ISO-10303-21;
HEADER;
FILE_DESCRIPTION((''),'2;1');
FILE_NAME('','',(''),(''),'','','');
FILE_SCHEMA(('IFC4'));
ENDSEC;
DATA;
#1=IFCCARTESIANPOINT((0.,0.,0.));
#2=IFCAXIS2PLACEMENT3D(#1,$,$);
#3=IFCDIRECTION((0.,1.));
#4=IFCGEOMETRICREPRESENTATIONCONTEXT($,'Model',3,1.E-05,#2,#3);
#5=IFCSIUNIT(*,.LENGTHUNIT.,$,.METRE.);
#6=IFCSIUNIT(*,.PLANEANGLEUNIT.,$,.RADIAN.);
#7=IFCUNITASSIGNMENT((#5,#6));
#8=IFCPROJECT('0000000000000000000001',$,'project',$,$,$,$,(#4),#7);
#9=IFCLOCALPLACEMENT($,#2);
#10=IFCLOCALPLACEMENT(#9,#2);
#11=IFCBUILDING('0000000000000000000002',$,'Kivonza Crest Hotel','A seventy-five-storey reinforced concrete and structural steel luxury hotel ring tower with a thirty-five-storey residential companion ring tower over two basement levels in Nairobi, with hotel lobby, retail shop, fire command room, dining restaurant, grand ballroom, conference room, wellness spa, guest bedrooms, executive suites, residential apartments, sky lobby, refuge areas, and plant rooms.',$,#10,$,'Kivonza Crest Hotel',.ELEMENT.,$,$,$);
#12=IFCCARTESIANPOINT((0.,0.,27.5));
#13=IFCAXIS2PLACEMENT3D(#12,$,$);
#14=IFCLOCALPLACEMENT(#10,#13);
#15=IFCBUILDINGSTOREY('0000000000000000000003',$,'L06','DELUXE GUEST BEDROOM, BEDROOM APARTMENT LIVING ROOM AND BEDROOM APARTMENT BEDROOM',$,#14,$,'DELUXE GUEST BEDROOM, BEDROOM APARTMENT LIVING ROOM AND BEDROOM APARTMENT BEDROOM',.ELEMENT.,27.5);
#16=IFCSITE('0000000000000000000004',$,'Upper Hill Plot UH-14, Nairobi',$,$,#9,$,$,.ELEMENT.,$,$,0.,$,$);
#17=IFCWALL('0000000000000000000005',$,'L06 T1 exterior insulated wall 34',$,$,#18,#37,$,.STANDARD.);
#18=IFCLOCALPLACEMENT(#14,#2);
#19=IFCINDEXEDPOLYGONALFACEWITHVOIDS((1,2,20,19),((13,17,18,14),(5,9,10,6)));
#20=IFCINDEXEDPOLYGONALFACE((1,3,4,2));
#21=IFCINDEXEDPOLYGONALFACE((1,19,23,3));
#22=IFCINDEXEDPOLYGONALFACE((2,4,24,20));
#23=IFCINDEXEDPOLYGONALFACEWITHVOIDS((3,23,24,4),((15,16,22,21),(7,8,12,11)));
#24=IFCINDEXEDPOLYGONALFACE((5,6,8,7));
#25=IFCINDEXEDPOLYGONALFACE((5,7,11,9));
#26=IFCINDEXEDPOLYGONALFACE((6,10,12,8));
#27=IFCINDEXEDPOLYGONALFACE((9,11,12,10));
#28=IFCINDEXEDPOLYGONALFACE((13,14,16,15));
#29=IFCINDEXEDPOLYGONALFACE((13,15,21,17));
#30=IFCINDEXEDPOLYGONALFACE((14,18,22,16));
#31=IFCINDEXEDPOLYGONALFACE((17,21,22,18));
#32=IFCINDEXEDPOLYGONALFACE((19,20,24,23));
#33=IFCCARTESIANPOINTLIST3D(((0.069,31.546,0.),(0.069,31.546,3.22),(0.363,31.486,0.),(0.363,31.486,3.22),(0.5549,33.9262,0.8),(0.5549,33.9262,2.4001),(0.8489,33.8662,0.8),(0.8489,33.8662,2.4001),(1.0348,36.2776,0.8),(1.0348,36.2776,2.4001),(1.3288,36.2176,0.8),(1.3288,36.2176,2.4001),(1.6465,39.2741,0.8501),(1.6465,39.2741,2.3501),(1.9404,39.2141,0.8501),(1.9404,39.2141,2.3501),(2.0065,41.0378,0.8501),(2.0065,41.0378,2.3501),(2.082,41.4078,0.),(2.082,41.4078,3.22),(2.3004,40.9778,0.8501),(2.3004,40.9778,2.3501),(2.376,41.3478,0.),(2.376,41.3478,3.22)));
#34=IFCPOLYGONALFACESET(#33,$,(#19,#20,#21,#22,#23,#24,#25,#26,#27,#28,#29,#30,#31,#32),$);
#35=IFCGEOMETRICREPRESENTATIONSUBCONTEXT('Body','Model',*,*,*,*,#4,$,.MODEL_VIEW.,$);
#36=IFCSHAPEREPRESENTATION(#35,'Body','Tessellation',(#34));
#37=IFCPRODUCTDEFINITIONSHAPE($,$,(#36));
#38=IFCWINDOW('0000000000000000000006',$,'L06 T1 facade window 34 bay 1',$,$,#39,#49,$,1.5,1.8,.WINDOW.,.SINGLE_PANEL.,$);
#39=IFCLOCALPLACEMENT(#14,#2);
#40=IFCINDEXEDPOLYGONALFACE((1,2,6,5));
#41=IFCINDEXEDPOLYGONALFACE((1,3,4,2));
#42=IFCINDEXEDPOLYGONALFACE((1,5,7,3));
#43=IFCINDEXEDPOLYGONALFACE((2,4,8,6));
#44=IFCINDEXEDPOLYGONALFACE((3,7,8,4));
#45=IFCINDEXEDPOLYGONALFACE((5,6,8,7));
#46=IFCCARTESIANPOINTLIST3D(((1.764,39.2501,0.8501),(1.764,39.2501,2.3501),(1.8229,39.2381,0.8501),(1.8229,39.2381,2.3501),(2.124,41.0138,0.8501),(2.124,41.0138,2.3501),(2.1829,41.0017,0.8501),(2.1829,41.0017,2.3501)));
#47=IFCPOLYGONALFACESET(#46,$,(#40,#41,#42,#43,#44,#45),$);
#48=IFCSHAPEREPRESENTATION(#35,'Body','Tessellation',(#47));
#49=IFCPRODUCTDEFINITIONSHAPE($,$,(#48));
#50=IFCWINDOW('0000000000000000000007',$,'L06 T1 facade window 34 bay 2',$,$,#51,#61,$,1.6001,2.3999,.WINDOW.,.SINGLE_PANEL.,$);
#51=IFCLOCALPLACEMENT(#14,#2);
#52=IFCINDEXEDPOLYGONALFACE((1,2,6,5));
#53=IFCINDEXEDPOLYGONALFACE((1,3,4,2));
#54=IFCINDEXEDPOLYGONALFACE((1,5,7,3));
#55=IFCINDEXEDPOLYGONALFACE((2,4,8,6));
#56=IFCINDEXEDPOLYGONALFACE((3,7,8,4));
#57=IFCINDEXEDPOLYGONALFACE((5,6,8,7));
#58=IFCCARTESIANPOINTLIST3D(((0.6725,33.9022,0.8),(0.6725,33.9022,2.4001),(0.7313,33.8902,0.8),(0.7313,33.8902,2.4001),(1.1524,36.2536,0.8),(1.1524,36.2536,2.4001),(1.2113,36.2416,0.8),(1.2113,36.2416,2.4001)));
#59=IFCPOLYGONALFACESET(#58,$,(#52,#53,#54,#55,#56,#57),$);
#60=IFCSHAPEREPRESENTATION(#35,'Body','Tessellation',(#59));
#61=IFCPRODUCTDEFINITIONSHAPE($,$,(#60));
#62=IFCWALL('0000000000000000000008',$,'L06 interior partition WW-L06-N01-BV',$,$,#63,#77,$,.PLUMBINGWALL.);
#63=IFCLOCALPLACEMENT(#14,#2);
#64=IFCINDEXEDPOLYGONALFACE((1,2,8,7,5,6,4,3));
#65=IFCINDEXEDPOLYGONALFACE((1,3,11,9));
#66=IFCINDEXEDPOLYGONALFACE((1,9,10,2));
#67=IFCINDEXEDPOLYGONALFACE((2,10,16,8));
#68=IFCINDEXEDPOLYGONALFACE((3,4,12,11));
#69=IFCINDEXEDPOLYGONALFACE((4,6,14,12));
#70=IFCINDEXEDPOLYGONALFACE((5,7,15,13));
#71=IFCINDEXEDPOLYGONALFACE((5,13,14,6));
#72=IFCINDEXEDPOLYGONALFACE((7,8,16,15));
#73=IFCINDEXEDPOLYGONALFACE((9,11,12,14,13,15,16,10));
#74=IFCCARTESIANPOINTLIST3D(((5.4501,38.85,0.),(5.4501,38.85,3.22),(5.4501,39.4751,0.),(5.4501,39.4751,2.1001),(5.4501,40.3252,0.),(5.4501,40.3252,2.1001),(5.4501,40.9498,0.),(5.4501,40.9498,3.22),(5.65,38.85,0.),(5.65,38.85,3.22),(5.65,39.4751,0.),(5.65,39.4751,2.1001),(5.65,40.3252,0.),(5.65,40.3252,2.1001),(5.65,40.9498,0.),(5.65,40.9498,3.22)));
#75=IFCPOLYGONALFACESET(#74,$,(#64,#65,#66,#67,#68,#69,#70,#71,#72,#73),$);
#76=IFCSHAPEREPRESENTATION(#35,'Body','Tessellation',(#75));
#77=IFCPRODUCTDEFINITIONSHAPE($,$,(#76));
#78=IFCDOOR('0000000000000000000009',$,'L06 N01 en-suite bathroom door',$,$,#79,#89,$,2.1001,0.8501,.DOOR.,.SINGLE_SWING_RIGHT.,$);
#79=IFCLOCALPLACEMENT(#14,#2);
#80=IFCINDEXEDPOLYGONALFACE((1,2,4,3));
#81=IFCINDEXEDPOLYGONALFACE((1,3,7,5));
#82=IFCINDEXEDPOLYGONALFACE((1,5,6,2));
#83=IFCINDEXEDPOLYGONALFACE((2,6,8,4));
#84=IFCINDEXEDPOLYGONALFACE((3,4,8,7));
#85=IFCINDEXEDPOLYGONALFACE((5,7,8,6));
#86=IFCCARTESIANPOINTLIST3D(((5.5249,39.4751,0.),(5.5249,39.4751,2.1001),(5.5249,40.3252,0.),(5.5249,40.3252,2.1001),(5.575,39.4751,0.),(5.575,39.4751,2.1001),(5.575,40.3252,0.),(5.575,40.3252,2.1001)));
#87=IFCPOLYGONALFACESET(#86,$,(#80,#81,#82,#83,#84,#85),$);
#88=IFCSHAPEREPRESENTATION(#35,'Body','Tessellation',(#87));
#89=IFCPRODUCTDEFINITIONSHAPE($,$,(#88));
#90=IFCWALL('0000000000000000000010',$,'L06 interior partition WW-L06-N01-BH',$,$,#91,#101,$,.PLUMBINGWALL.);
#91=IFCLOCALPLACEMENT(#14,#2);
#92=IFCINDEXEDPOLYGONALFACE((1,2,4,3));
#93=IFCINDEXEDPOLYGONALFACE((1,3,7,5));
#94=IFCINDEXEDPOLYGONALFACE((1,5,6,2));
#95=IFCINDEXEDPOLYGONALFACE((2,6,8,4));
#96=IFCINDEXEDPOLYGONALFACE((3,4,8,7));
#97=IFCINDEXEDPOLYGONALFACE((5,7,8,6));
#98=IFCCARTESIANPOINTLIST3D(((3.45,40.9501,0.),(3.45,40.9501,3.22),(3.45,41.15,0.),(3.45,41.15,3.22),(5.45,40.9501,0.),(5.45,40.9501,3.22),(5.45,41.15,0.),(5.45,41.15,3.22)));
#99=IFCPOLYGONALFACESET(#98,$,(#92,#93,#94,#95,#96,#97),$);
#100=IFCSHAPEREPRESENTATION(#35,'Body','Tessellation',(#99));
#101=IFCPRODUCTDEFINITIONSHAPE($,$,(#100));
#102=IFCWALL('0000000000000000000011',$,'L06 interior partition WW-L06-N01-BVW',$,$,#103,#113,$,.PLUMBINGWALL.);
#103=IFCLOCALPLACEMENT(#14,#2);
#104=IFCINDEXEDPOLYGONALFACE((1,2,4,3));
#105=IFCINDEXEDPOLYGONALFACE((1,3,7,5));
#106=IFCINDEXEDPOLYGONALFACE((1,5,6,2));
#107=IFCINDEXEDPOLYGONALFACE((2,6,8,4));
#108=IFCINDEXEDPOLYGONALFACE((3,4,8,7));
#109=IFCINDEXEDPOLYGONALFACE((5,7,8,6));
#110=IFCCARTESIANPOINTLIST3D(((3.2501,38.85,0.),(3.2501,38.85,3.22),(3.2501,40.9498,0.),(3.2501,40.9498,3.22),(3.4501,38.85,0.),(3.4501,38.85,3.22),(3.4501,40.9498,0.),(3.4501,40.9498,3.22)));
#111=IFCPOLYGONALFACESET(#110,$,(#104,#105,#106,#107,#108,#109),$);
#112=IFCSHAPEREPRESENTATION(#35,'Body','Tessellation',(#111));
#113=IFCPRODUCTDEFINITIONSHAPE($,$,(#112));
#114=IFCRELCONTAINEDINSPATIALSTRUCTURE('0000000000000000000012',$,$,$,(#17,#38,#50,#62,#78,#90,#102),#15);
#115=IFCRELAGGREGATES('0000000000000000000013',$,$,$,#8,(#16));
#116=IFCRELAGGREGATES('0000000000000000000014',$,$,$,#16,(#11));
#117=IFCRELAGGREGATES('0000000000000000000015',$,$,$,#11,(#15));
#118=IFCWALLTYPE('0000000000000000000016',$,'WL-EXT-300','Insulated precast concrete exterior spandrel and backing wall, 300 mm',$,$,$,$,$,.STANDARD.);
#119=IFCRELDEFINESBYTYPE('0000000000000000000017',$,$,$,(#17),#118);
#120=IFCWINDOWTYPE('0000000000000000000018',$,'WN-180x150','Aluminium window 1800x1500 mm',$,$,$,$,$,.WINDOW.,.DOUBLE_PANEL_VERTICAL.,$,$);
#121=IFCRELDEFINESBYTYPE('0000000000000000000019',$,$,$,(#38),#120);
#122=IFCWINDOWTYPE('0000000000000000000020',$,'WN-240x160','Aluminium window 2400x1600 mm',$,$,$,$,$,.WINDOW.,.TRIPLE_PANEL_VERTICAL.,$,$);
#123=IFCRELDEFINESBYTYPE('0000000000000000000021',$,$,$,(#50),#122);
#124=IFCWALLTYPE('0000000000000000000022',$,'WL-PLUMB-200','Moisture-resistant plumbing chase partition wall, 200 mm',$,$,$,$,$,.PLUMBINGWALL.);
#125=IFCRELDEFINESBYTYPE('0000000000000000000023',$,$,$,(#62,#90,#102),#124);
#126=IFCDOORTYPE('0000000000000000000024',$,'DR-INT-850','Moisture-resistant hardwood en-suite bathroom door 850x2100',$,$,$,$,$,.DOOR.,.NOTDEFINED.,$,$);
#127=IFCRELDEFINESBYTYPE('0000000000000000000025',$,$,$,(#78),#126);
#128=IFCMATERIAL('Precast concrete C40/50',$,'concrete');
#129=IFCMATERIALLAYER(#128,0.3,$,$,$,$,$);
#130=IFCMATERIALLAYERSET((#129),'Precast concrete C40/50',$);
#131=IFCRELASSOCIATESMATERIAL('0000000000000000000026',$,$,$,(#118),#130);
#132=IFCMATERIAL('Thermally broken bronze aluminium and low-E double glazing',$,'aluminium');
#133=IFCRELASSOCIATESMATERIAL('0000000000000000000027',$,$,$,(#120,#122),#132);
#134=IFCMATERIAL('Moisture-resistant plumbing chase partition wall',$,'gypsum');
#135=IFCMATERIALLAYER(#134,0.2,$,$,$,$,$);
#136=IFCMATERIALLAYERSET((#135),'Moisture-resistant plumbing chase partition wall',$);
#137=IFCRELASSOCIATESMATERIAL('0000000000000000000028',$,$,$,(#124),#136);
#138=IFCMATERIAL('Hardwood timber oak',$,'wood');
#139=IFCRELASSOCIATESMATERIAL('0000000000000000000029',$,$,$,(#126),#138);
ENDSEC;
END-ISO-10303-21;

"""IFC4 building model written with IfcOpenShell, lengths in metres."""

from ifc_helpers import new_model, si_unit, direction, frame, frame_2d, origin, place, context, subcontext, project, spatial, rectangle, extrude, material, layer, layer_set, type_object, element, fill, save


model = new_model("IFC4")

# Units and contexts
model_context = context("Model", 3, precision=1e-05, world=origin(), true_north=direction((0.0, 1.0)))
body_context = subcontext(model_context, "Body", "Model", "MODEL_VIEW")
ifc_project = project(units=[si_unit("LENGTHUNIT", "METRE"), si_unit("PLANEANGLEUNIT", "RADIAN")], contexts=[model_context])

# Site, building, storey
site_placement = place(None, origin())
site = spatial("IfcSite", under=ifc_project, at=site_placement, Name="Upper Hill Plot UH-14, Nairobi", CompositionType="ELEMENT", RefElevation=0.0)
building_placement = place(site_placement, origin())
building = spatial("IfcBuilding", under=site, at=building_placement, Name="Kivonza Crest Hotel", Description="A seventy-five-storey reinforced concrete and structural steel luxury hotel ring tower with a thirty-five-storey residential companion ring tower over two basement levels in Nairobi, with hotel lobby, retail shop, fire command room, dining restaurant, grand ballroom, conference room, wellness spa, guest bedrooms, executive suites, residential apartments, sky lobby, refuge areas, and plant rooms.", LongName="Kivonza Crest Hotel", CompositionType="ELEMENT")
storey_placement = place(building_placement, frame((0.0, 0.0, 27.5)))
storey = spatial("IfcBuildingStorey", under=building, at=storey_placement, Name="L06", Description="DELUXE GUEST BEDROOM, BEDROOM APARTMENT LIVING ROOM AND BEDROOM APARTMENT BEDROOM", LongName="DELUXE GUEST BEDROOM, BEDROOM APARTMENT LIVING ROOM AND BEDROOM APARTMENT BEDROOM", CompositionType="ELEMENT", Elevation=27.5)

# Shared definitions
ifc_material_1 = material(Name="Hardwood timber oak", Category="wood")

# Shared definitions
ifc_material_2 = material(Name="Precast concrete C40/50", Category="concrete")
ifc_layer_1 = layer(ifc_material_2, 0.3)
ifc_layer_set_1 = layer_set([ifc_layer_1], Name="Precast concrete C40/50")
wall_type_1 = type_object("IfcWallType", Name="WL-EXT-300", Description="Insulated precast concrete exterior spandrel and backing wall, 300 mm", PredefinedType="STANDARD", material=ifc_layer_set_1)

# Wall, openings, windows
wall_1_placement = place(storey_placement, frame((2.229, 41.3779, 0.0), z_axis=(0.0, 0.0, 1.0), x_axis=(-0.199991, -0.979798, 0.0)))
wall_1 = element("IfcWall", 1, at=wall_1_placement, inside=storey, type_object=wall_type_1, Name="L06 T1 exterior insulated wall 34", PredefinedType="STANDARD", context=body_context, shape_type="SweptSolid", body=[
    extrude(rectangle(XDim=10.0652, YDim=0.3, at=frame_2d((5.0327, 0.0))), origin(), (0.0, 0.0, 1.0), 3.22),
])
opening_1_placement = place(wall_1_placement, frame((0.3779, 0.0, 0.8501)))
opening_1 = element("IfcOpeningElement", 2, at=opening_1_placement, cuts=wall_1, PredefinedType="OPENING", context=body_context, shape_type="SweptSolid", body=[
    extrude(rectangle(XDim=1.8, YDim=1.5, at=frame_2d((0.8999, 0.75))), frame((0.0, 0.1602, 0.0), z_axis=(0.0, -1.0, 0.0), x_axis=(1.0, 0.0, 0.0)), (0.0, 0.0, 1.0), 0.3201),
])
opening_2_placement = place(wall_1_placement, frame((5.2361, 0.0, 0.8)))
opening_2 = element("IfcOpeningElement", 3, at=opening_2_placement, cuts=wall_1, PredefinedType="OPENING", context=body_context, shape_type="SweptSolid", body=[
    extrude(rectangle(XDim=2.3999, YDim=1.6001, at=frame_2d((1.2, 0.8))), frame((0.0, 0.1602, 0.0), z_axis=(0.0, -1.0, 0.0), x_axis=(1.0, 0.0, 0.0)), (0.0, 0.0, 1.0), 0.3201),
])
ifc_material_3 = material(Name="Thermally broken bronze aluminium and low-E double glazing", Category="aluminium")
window_type_1 = type_object("IfcWindowType", Name="WN-180x150", Description="Aluminium window 1800x1500 mm", PartitioningType="DOUBLE_PANEL_VERTICAL", PredefinedType="WINDOW", material=ifc_material_3)
window_1_placement = place(opening_1_placement, origin())
window_1 = element("IfcWindow", 4, at=window_1_placement, inside=storey, type_object=window_type_1, Name="L06 T1 facade window 34 bay 1", OverallHeight=1.5, OverallWidth=1.8, PartitioningType="SINGLE_PANEL", PredefinedType="WINDOW", context=body_context, shape_type="SweptSolid", body=[
    extrude(rectangle(XDim=1.8, YDim=1.5, at=frame_2d((0.8999, 0.75))), frame((0.0, 0.03, 0.0), z_axis=(0.0, -1.0, 0.0), x_axis=(1.0, 0.0, 0.0)), (0.0, 0.0, 1.0), 0.0601),
])
fill(opening_1, window_1)
window_type_2 = type_object("IfcWindowType", Name="WN-240x160", Description="Aluminium window 2400x1600 mm", PartitioningType="TRIPLE_PANEL_VERTICAL", PredefinedType="WINDOW", material=ifc_material_3)
window_2_placement = place(opening_2_placement, origin())
window_2 = element("IfcWindow", 5, at=window_2_placement, inside=storey, type_object=window_type_2, Name="L06 T1 facade window 34 bay 2", OverallHeight=1.6001, OverallWidth=2.3999, PartitioningType="SINGLE_PANEL", PredefinedType="WINDOW", context=body_context, shape_type="SweptSolid", body=[
    extrude(rectangle(XDim=2.3999, YDim=1.6001, at=frame_2d((1.2, 0.8))), frame((0.0, 0.03, 0.0), z_axis=(0.0, -1.0, 0.0), x_axis=(1.0, 0.0, 0.0)), (0.0, 0.0, 1.0), 0.0601),
])
fill(opening_2, window_2)

# Wall, opening, door
ifc_material_4 = material(Name="Moisture-resistant plumbing chase partition wall", Category="gypsum")
ifc_layer_2 = layer(ifc_material_4, 0.2)
ifc_layer_set_2 = layer_set([ifc_layer_2], Name="Moisture-resistant plumbing chase partition wall")
wall_type_2 = type_object("IfcWallType", Name="WL-PLUMB-200", Description="Moisture-resistant plumbing chase partition wall, 200 mm", PredefinedType="PLUMBINGWALL", material=ifc_layer_set_2)
wall_2_placement = place(storey_placement, frame((5.55, 38.8501, 0.0), z_axis=(0.0, 0.0, 1.0), x_axis=(0.0, 1.0, 0.0)))
wall_2 = element("IfcWall", 6, at=wall_2_placement, inside=storey, type_object=wall_type_2, Name="L06 interior partition WW-L06-N01-BV", PredefinedType="PLUMBINGWALL", context=body_context, shape_type="SweptSolid", body=[
    extrude(rectangle(XDim=2.0999, YDim=0.2, at=frame_2d((1.0498, 0.0))), origin(), (0.0, 0.0, 1.0), 3.22),
])
opening_3_placement = place(wall_2_placement, frame((0.625, 0.0, 0.0)))
opening_3 = element("IfcOpeningElement", 7, at=opening_3_placement, cuts=wall_2, PredefinedType="OPENING", context=body_context, shape_type="SweptSolid", body=[
    extrude(rectangle(XDim=0.8501, YDim=2.1001, at=frame_2d((0.425, 1.05))), frame((0.0, 0.1099, 0.0), z_axis=(0.0, -1.0, 0.0), x_axis=(1.0, 0.0, 0.0)), (0.0, 0.0, 1.0), 0.22),
])
door_type_1 = type_object("IfcDoorType", Name="DR-INT-850", Description="Moisture-resistant hardwood en-suite bathroom door 850x2100", OperationType="NOTDEFINED", PredefinedType="DOOR", material=ifc_material_1)
door_1_placement = place(opening_3_placement, frame((0.8501, 0.0, 0.0), z_axis=(0.0, 0.0, 1.0), x_axis=(-1.0, 0.0, 0.0)))
door_1 = element("IfcDoor", 8, at=door_1_placement, inside=storey, type_object=door_type_1, Name="L06 N01 en-suite bathroom door", OperationType="SINGLE_SWING_RIGHT", OverallHeight=2.1001, OverallWidth=0.8501, PredefinedType="DOOR", context=body_context, shape_type="SweptSolid", body=[
    extrude(rectangle(XDim=0.8501, YDim=2.1001, at=frame_2d((0.425, 1.05))), frame((0.0, 0.0249, 0.0), z_axis=(0.0, -1.0, 0.0), x_axis=(1.0, 0.0, 0.0)), (0.0, 0.0, 1.0), 0.05),
])
fill(opening_3, door_1)

# Walls
wall_3_placement = place(storey_placement, frame((3.45, 41.05, 0.0), z_axis=(0.0, 0.0, 1.0), x_axis=(1.0, 0.0, 0.0)))
element("IfcWall", 9, at=wall_3_placement, inside=storey, type_object=wall_type_2, Name="L06 interior partition WW-L06-N01-BH", PredefinedType="PLUMBINGWALL", context=body_context, shape_type="SweptSolid", body=[
    extrude(rectangle(XDim=2.0, YDim=0.2, at=frame_2d((1.0, 0.0))), origin(), (0.0, 0.0, 1.0), 3.22),
])
wall_4_placement = place(storey_placement, frame((3.3501, 38.8501, 0.0), z_axis=(0.0, 0.0, 1.0), x_axis=(0.0, 1.0, 0.0)))
element("IfcWall", 10, at=wall_4_placement, inside=storey, type_object=wall_type_2, Name="L06 interior partition WW-L06-N01-BVW", PredefinedType="PLUMBINGWALL", context=body_context, shape_type="SweptSolid", body=[
    extrude(rectangle(XDim=2.0999, YDim=0.2, at=frame_2d((1.0498, 0.0))), origin(), (0.0, 0.0, 1.0), 3.22),
])

save(model, "model.ifc")
